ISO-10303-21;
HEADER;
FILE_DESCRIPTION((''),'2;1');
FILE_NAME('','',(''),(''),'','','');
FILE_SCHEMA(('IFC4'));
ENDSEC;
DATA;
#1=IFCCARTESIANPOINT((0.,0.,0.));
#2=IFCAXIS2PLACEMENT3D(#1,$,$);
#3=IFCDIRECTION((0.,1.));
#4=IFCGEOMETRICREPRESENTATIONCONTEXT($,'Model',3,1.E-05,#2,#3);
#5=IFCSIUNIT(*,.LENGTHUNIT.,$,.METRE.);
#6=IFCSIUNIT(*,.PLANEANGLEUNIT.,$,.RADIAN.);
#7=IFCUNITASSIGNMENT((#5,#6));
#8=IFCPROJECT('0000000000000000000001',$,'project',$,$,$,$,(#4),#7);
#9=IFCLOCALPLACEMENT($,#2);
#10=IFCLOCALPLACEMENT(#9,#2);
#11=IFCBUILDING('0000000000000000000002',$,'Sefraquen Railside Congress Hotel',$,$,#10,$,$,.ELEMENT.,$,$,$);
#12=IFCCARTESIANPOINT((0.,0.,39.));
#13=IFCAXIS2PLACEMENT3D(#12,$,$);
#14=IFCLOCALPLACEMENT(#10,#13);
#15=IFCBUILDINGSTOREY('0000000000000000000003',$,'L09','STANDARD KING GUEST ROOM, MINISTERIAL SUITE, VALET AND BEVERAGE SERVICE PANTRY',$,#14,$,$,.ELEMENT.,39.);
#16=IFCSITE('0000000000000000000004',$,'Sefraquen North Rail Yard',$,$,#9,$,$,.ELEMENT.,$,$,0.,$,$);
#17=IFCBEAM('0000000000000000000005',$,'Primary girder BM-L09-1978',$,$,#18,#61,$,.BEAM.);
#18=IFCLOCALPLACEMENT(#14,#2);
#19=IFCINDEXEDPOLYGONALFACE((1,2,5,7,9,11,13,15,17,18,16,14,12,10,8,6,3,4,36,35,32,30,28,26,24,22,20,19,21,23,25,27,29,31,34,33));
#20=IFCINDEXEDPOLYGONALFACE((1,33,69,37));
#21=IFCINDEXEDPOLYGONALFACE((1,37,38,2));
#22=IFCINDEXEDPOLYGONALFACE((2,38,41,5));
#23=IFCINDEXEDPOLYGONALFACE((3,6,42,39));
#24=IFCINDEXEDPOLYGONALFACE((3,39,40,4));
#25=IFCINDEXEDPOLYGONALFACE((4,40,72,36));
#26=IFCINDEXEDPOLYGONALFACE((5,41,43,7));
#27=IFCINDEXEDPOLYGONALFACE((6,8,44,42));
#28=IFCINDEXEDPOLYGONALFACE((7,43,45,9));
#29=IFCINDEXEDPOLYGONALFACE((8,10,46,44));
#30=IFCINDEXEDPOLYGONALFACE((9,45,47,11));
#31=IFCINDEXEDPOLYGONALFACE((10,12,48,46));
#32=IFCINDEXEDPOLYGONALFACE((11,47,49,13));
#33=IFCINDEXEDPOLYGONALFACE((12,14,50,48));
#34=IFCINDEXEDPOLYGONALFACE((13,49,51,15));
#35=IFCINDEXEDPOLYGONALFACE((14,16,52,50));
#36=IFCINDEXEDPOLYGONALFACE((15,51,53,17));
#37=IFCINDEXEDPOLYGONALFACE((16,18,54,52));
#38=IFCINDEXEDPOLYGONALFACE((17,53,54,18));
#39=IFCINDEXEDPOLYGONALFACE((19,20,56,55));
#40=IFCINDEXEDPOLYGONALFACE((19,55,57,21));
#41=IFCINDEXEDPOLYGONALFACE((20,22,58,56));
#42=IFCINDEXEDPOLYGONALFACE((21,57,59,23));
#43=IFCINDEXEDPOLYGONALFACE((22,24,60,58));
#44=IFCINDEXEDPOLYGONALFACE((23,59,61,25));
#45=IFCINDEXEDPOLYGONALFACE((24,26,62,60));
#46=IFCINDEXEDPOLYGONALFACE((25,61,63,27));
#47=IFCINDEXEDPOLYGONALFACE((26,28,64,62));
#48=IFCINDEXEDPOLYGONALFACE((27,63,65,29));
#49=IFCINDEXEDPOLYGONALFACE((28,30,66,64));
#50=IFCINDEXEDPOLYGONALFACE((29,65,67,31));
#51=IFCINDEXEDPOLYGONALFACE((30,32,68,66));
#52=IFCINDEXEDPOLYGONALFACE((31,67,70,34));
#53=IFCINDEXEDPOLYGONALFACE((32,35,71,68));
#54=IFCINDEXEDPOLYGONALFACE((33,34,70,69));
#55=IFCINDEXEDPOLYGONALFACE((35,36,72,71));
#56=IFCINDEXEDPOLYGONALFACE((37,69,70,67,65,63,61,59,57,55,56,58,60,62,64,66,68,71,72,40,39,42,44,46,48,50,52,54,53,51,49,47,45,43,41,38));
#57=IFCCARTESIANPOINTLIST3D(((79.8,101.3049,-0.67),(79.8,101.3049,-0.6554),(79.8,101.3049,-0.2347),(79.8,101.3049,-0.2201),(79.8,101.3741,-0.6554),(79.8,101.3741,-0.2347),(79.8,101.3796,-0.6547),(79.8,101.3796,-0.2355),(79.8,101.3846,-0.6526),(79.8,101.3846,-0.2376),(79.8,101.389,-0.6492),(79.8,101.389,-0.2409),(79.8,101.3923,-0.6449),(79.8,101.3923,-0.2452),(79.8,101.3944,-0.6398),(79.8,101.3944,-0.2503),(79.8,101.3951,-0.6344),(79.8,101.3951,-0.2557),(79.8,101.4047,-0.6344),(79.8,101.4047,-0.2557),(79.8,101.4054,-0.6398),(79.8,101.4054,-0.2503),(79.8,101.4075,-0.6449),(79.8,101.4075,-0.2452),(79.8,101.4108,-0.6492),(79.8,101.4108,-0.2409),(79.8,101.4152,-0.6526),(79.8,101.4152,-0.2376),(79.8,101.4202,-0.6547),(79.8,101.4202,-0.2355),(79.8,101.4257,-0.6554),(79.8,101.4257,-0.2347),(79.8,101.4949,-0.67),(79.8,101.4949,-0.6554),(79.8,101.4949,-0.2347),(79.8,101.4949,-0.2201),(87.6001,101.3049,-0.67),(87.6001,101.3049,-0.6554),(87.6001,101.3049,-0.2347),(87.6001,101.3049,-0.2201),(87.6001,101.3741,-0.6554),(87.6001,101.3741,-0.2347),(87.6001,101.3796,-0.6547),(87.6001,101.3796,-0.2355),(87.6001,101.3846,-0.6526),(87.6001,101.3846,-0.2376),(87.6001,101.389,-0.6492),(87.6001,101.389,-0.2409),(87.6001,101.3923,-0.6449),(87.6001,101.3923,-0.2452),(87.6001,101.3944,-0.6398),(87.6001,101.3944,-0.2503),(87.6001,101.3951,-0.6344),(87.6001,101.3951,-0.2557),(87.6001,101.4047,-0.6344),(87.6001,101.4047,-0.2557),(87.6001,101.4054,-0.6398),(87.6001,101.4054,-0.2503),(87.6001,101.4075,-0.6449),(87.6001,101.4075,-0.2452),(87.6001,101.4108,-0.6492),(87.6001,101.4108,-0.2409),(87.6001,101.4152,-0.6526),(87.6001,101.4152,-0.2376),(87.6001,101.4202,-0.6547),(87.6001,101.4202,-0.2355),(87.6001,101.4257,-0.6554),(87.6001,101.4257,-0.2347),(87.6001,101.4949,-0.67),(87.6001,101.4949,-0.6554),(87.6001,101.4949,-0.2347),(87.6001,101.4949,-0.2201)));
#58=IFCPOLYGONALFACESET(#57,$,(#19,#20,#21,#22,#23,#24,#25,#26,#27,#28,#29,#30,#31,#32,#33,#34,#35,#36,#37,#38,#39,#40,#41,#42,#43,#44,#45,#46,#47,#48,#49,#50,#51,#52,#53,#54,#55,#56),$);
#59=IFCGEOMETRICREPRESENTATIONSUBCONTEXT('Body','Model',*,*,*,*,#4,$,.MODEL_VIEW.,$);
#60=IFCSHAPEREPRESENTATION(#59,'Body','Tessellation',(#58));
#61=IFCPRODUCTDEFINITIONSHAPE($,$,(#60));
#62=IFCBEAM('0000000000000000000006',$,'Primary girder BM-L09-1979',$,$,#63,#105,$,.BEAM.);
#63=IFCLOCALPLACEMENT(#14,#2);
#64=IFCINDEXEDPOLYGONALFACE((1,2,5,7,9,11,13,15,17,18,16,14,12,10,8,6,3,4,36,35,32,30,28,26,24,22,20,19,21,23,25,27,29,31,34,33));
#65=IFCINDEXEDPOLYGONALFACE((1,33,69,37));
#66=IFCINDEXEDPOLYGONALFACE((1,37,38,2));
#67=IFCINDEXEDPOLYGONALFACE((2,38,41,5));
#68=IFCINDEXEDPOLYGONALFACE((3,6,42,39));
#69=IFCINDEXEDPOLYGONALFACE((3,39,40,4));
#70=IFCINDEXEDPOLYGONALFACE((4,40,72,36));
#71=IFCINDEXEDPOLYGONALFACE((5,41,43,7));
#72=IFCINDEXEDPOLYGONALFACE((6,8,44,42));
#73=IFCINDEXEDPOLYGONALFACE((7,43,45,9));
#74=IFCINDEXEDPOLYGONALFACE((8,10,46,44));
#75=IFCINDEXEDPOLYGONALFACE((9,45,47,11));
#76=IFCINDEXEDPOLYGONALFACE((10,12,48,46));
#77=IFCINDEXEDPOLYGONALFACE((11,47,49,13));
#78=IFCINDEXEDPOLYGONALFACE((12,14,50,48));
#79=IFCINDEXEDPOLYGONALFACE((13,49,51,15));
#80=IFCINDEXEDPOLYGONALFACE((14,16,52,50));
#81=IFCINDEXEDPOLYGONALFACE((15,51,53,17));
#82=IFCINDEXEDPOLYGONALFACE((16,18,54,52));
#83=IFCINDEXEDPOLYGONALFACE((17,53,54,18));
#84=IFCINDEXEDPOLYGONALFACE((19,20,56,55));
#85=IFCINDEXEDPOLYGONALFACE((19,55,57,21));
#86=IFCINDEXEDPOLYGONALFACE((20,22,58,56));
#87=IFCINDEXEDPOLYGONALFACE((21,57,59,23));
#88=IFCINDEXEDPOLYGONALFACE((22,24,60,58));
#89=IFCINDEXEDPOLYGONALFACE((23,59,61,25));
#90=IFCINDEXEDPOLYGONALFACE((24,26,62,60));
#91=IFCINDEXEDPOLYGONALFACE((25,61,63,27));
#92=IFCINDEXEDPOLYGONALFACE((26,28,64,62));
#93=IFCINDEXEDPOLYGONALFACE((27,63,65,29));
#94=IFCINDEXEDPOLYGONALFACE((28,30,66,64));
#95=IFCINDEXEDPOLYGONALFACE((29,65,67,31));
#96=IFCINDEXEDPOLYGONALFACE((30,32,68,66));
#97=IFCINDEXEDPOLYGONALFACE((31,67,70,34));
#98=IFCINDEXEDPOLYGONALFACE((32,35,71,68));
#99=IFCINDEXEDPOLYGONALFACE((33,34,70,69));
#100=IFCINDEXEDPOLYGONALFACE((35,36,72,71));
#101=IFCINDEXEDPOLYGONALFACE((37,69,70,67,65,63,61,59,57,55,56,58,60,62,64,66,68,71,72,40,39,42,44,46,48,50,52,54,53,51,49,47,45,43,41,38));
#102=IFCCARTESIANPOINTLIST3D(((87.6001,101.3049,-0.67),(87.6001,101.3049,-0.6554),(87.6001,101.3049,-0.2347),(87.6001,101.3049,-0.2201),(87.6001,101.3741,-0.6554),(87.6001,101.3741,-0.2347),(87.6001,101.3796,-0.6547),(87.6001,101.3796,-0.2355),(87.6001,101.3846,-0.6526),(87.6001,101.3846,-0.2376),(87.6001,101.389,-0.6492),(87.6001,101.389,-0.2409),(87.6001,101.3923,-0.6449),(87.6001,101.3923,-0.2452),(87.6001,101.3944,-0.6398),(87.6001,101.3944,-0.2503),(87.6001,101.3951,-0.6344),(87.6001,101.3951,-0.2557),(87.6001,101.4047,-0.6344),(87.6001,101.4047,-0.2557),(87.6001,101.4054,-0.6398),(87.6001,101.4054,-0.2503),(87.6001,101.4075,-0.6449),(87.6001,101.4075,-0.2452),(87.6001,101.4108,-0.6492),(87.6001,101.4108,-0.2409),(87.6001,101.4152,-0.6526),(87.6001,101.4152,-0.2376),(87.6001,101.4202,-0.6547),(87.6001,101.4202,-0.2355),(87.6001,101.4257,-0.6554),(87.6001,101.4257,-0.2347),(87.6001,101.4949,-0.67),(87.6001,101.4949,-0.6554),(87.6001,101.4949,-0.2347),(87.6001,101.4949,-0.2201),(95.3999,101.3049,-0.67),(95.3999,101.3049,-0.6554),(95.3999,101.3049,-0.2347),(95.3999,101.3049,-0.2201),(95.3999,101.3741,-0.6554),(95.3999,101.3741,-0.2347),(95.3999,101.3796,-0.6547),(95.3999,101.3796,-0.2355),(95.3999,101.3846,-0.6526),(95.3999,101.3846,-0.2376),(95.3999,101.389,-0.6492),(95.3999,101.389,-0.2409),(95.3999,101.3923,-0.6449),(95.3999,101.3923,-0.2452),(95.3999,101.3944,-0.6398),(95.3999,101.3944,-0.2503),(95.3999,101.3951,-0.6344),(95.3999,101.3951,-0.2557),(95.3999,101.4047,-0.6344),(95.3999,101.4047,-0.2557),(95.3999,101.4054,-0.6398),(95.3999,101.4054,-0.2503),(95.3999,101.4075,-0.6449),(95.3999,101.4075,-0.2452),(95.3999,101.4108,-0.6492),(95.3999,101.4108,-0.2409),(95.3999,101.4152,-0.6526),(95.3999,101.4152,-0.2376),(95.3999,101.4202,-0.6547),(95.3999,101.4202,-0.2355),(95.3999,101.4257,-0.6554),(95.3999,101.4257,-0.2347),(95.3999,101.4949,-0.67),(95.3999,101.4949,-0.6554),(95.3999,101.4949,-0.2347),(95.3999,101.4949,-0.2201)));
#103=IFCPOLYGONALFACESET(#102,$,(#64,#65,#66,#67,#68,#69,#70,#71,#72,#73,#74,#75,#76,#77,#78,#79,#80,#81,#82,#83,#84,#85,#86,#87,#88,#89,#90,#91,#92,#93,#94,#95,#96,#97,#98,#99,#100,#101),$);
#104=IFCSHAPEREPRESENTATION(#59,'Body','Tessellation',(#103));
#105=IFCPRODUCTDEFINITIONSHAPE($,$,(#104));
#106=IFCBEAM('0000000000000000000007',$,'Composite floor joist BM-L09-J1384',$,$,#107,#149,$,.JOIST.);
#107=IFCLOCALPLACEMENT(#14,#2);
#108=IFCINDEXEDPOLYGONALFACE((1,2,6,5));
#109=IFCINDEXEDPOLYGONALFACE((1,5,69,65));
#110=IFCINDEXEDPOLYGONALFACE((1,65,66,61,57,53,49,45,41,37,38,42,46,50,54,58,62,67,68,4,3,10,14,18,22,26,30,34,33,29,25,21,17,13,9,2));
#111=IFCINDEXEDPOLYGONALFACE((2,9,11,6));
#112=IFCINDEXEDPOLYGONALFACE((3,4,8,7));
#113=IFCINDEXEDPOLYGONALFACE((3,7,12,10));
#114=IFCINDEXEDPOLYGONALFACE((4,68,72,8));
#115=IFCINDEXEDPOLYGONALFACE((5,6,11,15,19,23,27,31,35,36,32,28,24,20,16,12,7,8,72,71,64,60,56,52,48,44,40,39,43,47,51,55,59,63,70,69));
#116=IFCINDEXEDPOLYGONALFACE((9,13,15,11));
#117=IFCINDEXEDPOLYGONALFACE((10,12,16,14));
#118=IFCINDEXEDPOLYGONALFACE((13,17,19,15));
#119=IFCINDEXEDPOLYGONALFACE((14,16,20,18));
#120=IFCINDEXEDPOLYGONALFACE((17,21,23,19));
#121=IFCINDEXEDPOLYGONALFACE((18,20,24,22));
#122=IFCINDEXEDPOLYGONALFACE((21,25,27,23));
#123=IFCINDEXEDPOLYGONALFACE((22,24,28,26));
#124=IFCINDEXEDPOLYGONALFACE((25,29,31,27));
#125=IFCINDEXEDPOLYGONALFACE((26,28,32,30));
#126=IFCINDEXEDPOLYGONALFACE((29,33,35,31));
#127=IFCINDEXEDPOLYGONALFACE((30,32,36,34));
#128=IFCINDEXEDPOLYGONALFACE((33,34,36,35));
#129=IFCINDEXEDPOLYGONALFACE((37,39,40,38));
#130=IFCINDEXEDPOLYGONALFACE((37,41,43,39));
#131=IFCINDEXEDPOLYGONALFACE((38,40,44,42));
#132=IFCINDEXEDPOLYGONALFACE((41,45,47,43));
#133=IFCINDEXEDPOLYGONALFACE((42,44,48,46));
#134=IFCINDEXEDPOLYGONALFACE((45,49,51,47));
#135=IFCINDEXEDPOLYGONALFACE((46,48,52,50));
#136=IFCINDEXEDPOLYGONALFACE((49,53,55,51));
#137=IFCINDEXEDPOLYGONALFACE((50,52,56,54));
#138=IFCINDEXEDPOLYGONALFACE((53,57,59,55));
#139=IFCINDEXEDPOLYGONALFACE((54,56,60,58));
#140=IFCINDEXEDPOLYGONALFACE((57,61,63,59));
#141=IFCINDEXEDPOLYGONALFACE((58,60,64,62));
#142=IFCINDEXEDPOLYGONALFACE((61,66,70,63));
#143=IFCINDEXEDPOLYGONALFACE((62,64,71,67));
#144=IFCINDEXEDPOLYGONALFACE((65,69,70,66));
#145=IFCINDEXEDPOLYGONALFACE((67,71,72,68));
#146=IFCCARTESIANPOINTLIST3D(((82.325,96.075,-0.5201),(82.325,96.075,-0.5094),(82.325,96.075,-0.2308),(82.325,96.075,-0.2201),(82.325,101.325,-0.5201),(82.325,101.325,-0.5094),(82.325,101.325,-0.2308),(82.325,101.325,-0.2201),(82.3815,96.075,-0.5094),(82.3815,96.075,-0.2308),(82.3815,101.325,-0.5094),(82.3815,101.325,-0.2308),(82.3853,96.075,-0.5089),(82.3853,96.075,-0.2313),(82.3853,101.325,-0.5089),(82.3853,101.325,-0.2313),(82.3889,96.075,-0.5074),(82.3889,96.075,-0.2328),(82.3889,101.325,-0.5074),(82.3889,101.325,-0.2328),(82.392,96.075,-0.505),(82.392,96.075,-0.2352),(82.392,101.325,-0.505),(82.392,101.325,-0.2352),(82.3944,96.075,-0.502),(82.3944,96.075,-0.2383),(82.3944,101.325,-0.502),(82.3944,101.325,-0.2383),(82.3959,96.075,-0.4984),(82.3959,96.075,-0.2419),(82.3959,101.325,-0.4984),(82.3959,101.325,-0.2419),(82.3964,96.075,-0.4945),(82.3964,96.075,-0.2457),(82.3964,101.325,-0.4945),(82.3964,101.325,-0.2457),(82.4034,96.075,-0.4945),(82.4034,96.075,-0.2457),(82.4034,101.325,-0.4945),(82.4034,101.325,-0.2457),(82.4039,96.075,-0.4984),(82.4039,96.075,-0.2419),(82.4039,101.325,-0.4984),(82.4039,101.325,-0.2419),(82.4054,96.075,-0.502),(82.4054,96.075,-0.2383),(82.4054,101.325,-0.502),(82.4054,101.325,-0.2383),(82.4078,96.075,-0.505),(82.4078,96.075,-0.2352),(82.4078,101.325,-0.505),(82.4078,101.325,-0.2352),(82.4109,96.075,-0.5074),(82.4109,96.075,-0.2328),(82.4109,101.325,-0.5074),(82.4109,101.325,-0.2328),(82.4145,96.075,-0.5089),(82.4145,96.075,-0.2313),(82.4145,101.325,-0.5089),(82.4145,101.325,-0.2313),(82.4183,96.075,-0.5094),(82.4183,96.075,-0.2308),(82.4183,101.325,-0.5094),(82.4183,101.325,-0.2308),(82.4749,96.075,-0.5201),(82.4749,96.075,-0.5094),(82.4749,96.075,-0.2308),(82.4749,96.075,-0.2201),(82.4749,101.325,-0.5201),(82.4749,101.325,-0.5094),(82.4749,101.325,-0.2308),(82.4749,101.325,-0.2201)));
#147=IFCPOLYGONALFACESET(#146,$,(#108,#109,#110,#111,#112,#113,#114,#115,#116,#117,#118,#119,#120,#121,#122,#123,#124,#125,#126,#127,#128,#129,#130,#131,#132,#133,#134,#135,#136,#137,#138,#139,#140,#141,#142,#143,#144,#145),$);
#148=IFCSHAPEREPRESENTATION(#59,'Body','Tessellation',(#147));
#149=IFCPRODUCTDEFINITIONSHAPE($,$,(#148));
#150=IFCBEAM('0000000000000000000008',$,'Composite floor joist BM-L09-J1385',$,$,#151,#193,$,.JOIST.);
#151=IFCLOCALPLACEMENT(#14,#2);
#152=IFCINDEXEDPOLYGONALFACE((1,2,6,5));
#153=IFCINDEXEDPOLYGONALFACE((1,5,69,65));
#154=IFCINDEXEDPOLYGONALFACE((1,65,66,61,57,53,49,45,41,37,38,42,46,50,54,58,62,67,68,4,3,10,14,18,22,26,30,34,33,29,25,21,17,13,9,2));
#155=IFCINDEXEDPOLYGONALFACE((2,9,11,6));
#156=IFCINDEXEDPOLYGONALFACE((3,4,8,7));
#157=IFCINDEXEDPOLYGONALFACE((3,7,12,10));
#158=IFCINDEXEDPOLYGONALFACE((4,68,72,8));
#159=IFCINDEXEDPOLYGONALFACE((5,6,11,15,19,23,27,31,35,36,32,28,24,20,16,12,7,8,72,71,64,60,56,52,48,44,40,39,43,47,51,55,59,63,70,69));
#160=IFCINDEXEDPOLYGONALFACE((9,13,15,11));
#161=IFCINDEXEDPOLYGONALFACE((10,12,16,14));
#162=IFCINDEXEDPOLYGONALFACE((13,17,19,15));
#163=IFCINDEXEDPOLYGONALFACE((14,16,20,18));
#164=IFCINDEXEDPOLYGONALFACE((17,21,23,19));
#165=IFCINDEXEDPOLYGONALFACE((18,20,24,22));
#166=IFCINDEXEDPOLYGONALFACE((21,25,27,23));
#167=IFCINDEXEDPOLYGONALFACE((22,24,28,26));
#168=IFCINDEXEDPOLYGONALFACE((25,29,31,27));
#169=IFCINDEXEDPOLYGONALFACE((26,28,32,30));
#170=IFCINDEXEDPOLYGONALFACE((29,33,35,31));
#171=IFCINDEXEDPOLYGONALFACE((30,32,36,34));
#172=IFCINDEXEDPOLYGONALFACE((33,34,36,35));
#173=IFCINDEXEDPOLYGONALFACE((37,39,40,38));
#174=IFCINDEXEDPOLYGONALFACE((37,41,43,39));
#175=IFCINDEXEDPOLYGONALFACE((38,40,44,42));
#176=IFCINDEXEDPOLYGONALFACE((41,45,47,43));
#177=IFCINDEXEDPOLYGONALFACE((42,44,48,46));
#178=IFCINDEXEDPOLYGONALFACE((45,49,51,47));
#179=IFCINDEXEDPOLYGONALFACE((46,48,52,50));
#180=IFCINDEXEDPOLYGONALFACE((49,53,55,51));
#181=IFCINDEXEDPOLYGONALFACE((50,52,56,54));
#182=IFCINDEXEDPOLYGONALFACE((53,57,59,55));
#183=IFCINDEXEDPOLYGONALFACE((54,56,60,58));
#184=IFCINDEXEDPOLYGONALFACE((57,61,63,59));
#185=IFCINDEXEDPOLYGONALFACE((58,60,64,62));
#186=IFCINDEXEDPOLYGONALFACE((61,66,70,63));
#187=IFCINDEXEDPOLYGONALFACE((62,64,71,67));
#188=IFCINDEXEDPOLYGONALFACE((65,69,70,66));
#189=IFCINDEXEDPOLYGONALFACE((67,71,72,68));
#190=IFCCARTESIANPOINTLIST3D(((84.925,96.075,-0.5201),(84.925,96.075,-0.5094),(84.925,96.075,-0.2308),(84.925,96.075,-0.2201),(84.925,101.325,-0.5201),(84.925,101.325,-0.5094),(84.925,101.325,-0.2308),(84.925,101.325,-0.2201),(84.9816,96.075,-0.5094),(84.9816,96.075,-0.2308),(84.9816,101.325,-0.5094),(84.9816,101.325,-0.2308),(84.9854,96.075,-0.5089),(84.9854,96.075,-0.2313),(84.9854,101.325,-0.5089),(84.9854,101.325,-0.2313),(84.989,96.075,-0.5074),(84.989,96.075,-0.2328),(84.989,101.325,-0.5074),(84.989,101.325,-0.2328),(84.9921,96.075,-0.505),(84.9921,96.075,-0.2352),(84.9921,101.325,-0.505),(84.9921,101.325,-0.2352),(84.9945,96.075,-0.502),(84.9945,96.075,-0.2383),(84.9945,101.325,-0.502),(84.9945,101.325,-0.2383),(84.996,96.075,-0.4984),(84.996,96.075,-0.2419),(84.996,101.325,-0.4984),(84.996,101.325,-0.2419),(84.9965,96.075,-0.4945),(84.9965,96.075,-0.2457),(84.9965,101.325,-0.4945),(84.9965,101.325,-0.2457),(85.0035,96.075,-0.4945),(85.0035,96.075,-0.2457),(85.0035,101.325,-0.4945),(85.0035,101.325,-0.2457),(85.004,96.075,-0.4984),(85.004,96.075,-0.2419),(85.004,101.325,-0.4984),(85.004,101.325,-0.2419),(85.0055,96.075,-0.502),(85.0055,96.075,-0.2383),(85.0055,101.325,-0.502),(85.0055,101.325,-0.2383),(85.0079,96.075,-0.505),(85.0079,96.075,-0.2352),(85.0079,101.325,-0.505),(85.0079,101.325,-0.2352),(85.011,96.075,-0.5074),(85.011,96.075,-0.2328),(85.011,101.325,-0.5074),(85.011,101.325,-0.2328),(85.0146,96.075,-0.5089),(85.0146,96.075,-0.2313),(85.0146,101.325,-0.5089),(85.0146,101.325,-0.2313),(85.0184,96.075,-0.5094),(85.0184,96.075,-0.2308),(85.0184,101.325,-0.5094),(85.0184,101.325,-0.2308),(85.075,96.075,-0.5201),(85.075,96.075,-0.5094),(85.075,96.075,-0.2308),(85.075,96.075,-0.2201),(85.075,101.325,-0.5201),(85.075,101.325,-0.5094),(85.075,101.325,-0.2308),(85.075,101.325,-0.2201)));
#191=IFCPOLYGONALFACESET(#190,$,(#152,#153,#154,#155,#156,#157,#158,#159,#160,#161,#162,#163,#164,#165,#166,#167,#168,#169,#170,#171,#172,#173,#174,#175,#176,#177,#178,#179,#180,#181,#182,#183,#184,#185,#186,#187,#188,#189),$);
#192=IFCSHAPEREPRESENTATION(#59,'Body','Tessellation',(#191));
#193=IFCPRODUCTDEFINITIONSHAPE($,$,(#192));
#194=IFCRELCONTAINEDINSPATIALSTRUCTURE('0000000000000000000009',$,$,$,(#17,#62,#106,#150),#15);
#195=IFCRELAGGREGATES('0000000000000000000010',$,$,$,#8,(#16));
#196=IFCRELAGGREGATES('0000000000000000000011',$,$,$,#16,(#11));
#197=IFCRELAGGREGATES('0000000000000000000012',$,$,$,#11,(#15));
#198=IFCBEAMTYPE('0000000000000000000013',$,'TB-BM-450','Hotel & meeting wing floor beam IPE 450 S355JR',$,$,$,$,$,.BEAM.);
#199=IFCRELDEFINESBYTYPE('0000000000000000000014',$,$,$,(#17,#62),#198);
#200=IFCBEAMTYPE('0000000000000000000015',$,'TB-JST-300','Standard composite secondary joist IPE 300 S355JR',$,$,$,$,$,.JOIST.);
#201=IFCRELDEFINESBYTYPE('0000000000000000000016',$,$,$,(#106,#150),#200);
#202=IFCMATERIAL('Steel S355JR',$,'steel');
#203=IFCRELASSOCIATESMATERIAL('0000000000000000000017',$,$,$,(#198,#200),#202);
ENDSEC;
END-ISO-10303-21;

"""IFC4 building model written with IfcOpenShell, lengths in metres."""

from ifc_helpers import new_model, si_unit, direction, frame, origin, origin_2d, place, context, subcontext, project, spatial, i_section, extrude, material, material_profile, profile_set, type_object, element, save


model = new_model("IFC4")

# Units and contexts
model_context = context("Model", 3, precision=1e-05, world=origin(), true_north=direction((0.0, 1.0)))
body_context = subcontext(model_context, "Body", "Model", "MODEL_VIEW")
ifc_project = project(units=[si_unit("LENGTHUNIT", "METRE"), si_unit("PLANEANGLEUNIT", "RADIAN")], contexts=[model_context])

# Site, building, storey
site_placement = place(None, origin())
site = spatial("IfcSite", under=ifc_project, at=site_placement, Name="Sefraquen North Rail Yard", CompositionType="ELEMENT", RefElevation=0.0)
building_placement = place(site_placement, origin())
building = spatial("IfcBuilding", under=site, at=building_placement, Name="Sefraquen Railside Congress Hotel", CompositionType="ELEMENT")
storey_placement = place(building_placement, frame((0.0, 0.0, 39.0)))
storey = spatial("IfcBuildingStorey", under=building, at=storey_placement, Name="L09", Description="STANDARD KING GUEST ROOM, MINISTERIAL SUITE, VALET AND BEVERAGE SERVICE PANTRY", CompositionType="ELEMENT", Elevation=39.0)

# Shared definitions
ifc_material_1 = material(Name="Steel S355JR", Category="steel")

# Beams
ifc_material_profile_1 = material_profile(ifc_material_1, i_section(OverallWidth=0.1899, OverallDepth=0.45, WebThickness=0.0095, FlangeThickness=0.0146, FilletRadius=0.021, at=origin_2d()), Name="IPE 450")
ifc_profile_set_1 = profile_set([ifc_material_profile_1], Name="Steel S355JR")
beam_type_1 = type_object("IfcBeamType", Name="TB-BM-450", Description="Hotel & meeting wing floor beam IPE 450 S355JR", PredefinedType="BEAM", material=ifc_profile_set_1)
beam_1_placement = place(storey_placement, frame((79.8, 101.3999, -0.4451), z_axis=(1.0, 0.0, 0.0), x_axis=(0.0, 1.0, 0.0)))
element("IfcBeam", 1, at=beam_1_placement, inside=storey, type_object=beam_type_1, Name="Primary girder BM-L09-1978", PredefinedType="BEAM", context=body_context, shape_type="SweptSolid", body=[
    extrude(i_section(OverallWidth=0.1899, OverallDepth=0.45, WebThickness=0.0095, FlangeThickness=0.0146, FilletRadius=0.021, at=origin_2d()), origin(), (0.0, 0.0, 1.0), 7.8),
])
beam_2_placement = place(storey_placement, frame((87.6001, 101.3999, -0.4451), z_axis=(1.0, 0.0, 0.0), x_axis=(0.0, 1.0, 0.0)))
element("IfcBeam", 2, at=beam_2_placement, inside=storey, type_object=beam_type_1, Name="Primary girder BM-L09-1979", PredefinedType="BEAM", context=body_context, shape_type="SweptSolid", body=[
    extrude(i_section(OverallWidth=0.1899, OverallDepth=0.45, WebThickness=0.0095, FlangeThickness=0.0146, FilletRadius=0.021, at=origin_2d()), origin(), (0.0, 0.0, 1.0), 7.7998),
])
ifc_material_profile_2 = material_profile(ifc_material_1, i_section(OverallWidth=0.1499, OverallDepth=0.3, WebThickness=0.0071, FlangeThickness=0.0107, FilletRadius=0.0149, at=origin_2d()), Name="IPE 300")
ifc_profile_set_2 = profile_set([ifc_material_profile_2], Name="Steel S355JR")
beam_type_2 = type_object("IfcBeamType", Name="TB-JST-300", Description="Standard composite secondary joist IPE 300 S355JR", PredefinedType="JOIST", material=ifc_profile_set_2)
for number, where, z_axis, x_axis, name in (
    (3, (82.3999, 96.075, -0.3701), (0.0, 1.0, 0.0), (-1.0, 0.0, 0.0), "Composite floor joist BM-L09-J1384"),
    (4, (85.0, 96.075, -0.3701), (0.0, 1.0, 0.0), (-1.0, 0.0, 0.0), "Composite floor joist BM-L09-J1385"),
):
    element("IfcBeam", number, at=place(storey_placement, frame(where, z_axis=z_axis, x_axis=x_axis)), inside=storey, type_object=beam_type_2, Name=name, PredefinedType="JOIST", context=body_context, shape_type="SweptSolid", body=[
        extrude(i_section(OverallWidth=0.1499, OverallDepth=0.3, WebThickness=0.0071, FlangeThickness=0.0107, FilletRadius=0.0149, at=origin_2d()), origin(), (0.0, 0.0, 1.0), 5.25),
    ])

save(model, "model.ifc")
